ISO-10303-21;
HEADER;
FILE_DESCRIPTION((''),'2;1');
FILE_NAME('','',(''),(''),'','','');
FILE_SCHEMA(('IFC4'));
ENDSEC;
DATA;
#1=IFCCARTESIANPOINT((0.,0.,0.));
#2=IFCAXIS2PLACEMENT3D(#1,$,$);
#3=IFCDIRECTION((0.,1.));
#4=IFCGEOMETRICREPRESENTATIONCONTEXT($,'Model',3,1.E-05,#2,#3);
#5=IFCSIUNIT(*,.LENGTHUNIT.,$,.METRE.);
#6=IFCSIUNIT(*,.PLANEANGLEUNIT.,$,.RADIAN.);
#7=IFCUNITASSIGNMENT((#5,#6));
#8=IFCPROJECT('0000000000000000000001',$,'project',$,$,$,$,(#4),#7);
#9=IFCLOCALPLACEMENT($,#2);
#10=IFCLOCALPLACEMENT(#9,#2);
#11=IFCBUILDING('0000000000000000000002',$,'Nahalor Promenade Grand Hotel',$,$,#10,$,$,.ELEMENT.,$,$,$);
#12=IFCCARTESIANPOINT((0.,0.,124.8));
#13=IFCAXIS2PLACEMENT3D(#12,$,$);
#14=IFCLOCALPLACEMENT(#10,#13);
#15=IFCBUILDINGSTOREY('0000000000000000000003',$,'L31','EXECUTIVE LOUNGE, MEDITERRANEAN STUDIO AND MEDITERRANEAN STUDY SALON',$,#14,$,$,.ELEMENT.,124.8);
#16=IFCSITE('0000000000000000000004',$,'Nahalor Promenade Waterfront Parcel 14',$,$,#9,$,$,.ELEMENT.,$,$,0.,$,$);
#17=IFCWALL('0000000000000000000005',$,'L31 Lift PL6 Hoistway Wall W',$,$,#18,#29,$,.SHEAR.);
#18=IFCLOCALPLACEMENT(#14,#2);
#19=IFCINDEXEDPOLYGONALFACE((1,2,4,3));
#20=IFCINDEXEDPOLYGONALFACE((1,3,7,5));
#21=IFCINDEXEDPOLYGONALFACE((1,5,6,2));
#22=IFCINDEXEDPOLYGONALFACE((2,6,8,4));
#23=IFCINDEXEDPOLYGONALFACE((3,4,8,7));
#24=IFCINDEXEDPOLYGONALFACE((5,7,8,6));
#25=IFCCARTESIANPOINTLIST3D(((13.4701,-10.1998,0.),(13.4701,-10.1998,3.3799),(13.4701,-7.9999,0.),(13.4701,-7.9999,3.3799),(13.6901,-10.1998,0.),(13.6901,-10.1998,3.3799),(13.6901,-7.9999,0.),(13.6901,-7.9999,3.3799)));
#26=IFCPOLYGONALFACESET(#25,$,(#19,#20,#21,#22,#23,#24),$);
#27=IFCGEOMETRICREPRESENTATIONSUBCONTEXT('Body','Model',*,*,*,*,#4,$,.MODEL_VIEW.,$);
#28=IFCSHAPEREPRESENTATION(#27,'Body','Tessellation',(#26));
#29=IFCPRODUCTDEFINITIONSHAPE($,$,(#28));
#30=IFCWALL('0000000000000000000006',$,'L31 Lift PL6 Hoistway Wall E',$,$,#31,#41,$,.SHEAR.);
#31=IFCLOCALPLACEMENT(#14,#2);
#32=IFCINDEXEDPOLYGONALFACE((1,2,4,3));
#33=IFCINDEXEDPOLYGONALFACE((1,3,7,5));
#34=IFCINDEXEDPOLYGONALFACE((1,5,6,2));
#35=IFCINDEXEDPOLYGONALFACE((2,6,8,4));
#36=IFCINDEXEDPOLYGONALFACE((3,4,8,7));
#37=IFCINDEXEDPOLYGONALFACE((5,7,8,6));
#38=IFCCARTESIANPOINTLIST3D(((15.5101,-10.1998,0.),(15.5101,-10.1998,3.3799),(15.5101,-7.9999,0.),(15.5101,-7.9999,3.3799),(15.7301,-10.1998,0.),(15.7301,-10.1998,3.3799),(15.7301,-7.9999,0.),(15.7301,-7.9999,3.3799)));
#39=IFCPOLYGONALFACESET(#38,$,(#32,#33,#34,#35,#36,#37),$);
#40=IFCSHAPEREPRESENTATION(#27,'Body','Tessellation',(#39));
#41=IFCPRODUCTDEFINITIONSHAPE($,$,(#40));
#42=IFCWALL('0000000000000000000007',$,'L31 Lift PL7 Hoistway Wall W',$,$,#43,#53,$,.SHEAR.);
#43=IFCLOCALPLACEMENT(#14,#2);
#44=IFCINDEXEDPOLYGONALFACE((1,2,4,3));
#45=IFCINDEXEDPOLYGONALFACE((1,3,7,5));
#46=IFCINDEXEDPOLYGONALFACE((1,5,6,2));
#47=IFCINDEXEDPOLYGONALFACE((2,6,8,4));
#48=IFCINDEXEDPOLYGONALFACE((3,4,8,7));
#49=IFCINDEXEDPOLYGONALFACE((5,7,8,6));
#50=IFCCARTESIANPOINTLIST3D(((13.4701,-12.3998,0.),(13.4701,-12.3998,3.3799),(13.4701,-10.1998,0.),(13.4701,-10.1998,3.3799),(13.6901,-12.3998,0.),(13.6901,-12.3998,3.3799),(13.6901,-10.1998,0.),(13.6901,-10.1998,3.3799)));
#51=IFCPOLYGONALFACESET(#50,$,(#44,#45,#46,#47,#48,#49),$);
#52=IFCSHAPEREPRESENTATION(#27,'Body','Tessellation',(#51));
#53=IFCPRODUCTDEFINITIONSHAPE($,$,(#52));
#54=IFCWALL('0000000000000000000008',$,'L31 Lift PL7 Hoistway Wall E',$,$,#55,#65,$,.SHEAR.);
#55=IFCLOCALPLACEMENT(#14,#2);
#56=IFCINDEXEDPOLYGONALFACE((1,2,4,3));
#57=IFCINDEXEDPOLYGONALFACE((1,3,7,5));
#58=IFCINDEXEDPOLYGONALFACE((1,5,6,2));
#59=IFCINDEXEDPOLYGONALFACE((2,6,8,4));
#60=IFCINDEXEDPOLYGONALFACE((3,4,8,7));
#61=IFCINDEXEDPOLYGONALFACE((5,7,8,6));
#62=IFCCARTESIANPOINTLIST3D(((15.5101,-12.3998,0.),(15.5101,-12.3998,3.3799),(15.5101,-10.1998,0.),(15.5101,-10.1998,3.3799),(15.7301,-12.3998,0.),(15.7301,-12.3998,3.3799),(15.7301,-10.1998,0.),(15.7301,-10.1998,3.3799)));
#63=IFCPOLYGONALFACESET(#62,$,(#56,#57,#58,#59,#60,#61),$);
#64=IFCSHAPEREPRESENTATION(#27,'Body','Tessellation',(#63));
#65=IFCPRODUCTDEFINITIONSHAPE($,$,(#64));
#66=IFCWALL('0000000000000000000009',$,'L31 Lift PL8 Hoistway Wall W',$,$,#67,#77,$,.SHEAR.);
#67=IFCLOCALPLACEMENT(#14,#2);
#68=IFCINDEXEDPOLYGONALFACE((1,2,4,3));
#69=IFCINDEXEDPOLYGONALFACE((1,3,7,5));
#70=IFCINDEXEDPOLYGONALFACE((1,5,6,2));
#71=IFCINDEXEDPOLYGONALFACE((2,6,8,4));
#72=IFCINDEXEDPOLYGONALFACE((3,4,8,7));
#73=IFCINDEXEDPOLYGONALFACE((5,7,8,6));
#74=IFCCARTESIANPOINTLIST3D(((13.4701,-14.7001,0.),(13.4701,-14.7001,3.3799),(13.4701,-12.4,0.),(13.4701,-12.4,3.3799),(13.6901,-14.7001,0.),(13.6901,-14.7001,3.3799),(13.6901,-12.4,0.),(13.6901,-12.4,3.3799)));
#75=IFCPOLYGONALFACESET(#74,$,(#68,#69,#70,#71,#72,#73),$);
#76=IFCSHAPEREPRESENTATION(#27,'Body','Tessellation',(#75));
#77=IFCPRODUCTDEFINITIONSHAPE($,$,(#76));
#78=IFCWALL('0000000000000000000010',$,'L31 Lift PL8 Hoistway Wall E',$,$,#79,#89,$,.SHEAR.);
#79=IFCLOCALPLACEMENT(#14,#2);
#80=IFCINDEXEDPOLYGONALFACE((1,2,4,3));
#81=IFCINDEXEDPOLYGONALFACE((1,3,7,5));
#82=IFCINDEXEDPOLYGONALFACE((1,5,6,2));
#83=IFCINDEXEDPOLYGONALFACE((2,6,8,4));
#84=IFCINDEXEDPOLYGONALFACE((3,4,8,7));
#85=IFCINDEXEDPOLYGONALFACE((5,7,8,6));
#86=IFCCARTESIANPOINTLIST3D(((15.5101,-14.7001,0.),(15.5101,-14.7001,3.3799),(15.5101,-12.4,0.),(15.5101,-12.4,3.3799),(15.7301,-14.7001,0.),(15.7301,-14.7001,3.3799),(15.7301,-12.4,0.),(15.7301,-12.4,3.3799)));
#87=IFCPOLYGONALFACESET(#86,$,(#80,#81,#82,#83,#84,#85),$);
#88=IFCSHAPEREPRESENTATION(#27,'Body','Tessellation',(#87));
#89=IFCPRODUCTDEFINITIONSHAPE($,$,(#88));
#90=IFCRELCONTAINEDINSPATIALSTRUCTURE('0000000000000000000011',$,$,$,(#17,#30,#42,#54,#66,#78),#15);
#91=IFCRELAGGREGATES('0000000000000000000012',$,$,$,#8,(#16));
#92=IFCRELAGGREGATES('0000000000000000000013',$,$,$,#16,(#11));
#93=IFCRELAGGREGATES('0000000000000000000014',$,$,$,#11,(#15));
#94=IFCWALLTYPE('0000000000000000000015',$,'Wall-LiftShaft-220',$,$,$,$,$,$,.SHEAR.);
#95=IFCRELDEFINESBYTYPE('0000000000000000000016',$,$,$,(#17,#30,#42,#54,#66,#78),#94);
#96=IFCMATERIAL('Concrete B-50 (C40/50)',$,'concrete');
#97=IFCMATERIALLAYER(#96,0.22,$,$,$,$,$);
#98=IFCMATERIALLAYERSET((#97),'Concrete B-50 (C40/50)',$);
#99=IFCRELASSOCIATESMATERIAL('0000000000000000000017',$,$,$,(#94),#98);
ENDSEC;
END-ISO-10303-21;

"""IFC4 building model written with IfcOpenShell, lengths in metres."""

from ifc_helpers import new_model, si_unit, direction, frame, frame_2d, origin, place, context, subcontext, project, spatial, rectangle, extrude, source, transform, mapped, material, layer, layer_set, type_object, element, save


model = new_model("IFC4")

# Units and contexts
model_context = context("Model", 3, precision=1e-05, world=origin(), true_north=direction((0.0, 1.0)))
body_context = subcontext(model_context, "Body", "Model", "MODEL_VIEW")
ifc_project = project(units=[si_unit("LENGTHUNIT", "METRE"), si_unit("PLANEANGLEUNIT", "RADIAN")], contexts=[model_context])

# Site, building, storey
site_placement = place(None, origin())
site = spatial("IfcSite", under=ifc_project, at=site_placement, Name="Nahalor Promenade Waterfront Parcel 14", CompositionType="ELEMENT", RefElevation=0.0)
building_placement = place(site_placement, origin())
building = spatial("IfcBuilding", under=site, at=building_placement, Name="Nahalor Promenade Grand Hotel", CompositionType="ELEMENT")
storey_placement = place(building_placement, frame((0.0, 0.0, 124.8)))
storey = spatial("IfcBuildingStorey", under=building, at=storey_placement, Name="L31", Description="EXECUTIVE LOUNGE, MEDITERRANEAN STUDIO AND MEDITERRANEAN STUDY SALON", CompositionType="ELEMENT", Elevation=124.8)

# Walls
ifc_material_1 = material(Name="Concrete B-50 (C40/50)", Category="concrete")
ifc_layer_1 = layer(ifc_material_1, 0.22)
ifc_layer_set_1 = layer_set([ifc_layer_1], Name="Concrete B-50 (C40/50)")
wall_type = type_object("IfcWallType", Name="Wall-LiftShaft-220", PredefinedType="SHEAR", material=ifc_layer_set_1)
shared_shape_1 = source(origin(), body_context, "Body", "SweptSolid", [
    extrude(rectangle(XDim=2.2, YDim=0.22, at=frame_2d((1.1001, 0.0))), origin(), (0.0, 0.0, 1.0), 3.3799),
])
for number, where, z_axis, x_axis, name in (
    (1, (13.5801, -10.2, 0.0), (0.0, 0.0, 1.0), (0.0, 1.0, 0.0), "L31 Lift PL6 Hoistway Wall W"),
    (2, (15.6201, -10.2, 0.0), (0.0, 0.0, 1.0), (0.0, 1.0, 0.0), "L31 Lift PL6 Hoistway Wall E"),
    (3, (13.5801, -12.3999, 0.0), (0.0, 0.0, 1.0), (0.0, 1.0, 0.0), "L31 Lift PL7 Hoistway Wall W"),
    (4, (15.6201, -12.3999, 0.0), (0.0, 0.0, 1.0), (0.0, 1.0, 0.0), "L31 Lift PL7 Hoistway Wall E"),
):
    element("IfcWall", number, at=place(storey_placement, frame(where, z_axis=z_axis, x_axis=x_axis)), inside=storey, type_object=wall_type, Name=name, PredefinedType="SHEAR", context=body_context, shape_type="MappedRepresentation", body=[
        mapped(shared_shape_1, transform((0.0, 0.0, 0.0), scale=1.0)),
    ])
shared_shape_2 = source(origin(), body_context, "Body", "SweptSolid", [
    extrude(rectangle(XDim=2.3, YDim=0.22, at=frame_2d((1.1499, 0.0))), origin(), (0.0, 0.0, 1.0), 3.3799),
])
for number, where, z_axis, x_axis, name in (
    (5, (13.5801, -14.7, 0.0), (0.0, 0.0, 1.0), (0.0, 1.0, 0.0), "L31 Lift PL8 Hoistway Wall W"),
    (6, (15.6201, -14.7, 0.0), (0.0, 0.0, 1.0), (0.0, 1.0, 0.0), "L31 Lift PL8 Hoistway Wall E"),
):
    element("IfcWall", number, at=place(storey_placement, frame(where, z_axis=z_axis, x_axis=x_axis)), inside=storey, type_object=wall_type, Name=name, PredefinedType="SHEAR", context=body_context, shape_type="MappedRepresentation", body=[
        mapped(shared_shape_2, transform((0.0, 0.0, 0.0), scale=1.0)),
    ])

save(model, "model.ifc")
